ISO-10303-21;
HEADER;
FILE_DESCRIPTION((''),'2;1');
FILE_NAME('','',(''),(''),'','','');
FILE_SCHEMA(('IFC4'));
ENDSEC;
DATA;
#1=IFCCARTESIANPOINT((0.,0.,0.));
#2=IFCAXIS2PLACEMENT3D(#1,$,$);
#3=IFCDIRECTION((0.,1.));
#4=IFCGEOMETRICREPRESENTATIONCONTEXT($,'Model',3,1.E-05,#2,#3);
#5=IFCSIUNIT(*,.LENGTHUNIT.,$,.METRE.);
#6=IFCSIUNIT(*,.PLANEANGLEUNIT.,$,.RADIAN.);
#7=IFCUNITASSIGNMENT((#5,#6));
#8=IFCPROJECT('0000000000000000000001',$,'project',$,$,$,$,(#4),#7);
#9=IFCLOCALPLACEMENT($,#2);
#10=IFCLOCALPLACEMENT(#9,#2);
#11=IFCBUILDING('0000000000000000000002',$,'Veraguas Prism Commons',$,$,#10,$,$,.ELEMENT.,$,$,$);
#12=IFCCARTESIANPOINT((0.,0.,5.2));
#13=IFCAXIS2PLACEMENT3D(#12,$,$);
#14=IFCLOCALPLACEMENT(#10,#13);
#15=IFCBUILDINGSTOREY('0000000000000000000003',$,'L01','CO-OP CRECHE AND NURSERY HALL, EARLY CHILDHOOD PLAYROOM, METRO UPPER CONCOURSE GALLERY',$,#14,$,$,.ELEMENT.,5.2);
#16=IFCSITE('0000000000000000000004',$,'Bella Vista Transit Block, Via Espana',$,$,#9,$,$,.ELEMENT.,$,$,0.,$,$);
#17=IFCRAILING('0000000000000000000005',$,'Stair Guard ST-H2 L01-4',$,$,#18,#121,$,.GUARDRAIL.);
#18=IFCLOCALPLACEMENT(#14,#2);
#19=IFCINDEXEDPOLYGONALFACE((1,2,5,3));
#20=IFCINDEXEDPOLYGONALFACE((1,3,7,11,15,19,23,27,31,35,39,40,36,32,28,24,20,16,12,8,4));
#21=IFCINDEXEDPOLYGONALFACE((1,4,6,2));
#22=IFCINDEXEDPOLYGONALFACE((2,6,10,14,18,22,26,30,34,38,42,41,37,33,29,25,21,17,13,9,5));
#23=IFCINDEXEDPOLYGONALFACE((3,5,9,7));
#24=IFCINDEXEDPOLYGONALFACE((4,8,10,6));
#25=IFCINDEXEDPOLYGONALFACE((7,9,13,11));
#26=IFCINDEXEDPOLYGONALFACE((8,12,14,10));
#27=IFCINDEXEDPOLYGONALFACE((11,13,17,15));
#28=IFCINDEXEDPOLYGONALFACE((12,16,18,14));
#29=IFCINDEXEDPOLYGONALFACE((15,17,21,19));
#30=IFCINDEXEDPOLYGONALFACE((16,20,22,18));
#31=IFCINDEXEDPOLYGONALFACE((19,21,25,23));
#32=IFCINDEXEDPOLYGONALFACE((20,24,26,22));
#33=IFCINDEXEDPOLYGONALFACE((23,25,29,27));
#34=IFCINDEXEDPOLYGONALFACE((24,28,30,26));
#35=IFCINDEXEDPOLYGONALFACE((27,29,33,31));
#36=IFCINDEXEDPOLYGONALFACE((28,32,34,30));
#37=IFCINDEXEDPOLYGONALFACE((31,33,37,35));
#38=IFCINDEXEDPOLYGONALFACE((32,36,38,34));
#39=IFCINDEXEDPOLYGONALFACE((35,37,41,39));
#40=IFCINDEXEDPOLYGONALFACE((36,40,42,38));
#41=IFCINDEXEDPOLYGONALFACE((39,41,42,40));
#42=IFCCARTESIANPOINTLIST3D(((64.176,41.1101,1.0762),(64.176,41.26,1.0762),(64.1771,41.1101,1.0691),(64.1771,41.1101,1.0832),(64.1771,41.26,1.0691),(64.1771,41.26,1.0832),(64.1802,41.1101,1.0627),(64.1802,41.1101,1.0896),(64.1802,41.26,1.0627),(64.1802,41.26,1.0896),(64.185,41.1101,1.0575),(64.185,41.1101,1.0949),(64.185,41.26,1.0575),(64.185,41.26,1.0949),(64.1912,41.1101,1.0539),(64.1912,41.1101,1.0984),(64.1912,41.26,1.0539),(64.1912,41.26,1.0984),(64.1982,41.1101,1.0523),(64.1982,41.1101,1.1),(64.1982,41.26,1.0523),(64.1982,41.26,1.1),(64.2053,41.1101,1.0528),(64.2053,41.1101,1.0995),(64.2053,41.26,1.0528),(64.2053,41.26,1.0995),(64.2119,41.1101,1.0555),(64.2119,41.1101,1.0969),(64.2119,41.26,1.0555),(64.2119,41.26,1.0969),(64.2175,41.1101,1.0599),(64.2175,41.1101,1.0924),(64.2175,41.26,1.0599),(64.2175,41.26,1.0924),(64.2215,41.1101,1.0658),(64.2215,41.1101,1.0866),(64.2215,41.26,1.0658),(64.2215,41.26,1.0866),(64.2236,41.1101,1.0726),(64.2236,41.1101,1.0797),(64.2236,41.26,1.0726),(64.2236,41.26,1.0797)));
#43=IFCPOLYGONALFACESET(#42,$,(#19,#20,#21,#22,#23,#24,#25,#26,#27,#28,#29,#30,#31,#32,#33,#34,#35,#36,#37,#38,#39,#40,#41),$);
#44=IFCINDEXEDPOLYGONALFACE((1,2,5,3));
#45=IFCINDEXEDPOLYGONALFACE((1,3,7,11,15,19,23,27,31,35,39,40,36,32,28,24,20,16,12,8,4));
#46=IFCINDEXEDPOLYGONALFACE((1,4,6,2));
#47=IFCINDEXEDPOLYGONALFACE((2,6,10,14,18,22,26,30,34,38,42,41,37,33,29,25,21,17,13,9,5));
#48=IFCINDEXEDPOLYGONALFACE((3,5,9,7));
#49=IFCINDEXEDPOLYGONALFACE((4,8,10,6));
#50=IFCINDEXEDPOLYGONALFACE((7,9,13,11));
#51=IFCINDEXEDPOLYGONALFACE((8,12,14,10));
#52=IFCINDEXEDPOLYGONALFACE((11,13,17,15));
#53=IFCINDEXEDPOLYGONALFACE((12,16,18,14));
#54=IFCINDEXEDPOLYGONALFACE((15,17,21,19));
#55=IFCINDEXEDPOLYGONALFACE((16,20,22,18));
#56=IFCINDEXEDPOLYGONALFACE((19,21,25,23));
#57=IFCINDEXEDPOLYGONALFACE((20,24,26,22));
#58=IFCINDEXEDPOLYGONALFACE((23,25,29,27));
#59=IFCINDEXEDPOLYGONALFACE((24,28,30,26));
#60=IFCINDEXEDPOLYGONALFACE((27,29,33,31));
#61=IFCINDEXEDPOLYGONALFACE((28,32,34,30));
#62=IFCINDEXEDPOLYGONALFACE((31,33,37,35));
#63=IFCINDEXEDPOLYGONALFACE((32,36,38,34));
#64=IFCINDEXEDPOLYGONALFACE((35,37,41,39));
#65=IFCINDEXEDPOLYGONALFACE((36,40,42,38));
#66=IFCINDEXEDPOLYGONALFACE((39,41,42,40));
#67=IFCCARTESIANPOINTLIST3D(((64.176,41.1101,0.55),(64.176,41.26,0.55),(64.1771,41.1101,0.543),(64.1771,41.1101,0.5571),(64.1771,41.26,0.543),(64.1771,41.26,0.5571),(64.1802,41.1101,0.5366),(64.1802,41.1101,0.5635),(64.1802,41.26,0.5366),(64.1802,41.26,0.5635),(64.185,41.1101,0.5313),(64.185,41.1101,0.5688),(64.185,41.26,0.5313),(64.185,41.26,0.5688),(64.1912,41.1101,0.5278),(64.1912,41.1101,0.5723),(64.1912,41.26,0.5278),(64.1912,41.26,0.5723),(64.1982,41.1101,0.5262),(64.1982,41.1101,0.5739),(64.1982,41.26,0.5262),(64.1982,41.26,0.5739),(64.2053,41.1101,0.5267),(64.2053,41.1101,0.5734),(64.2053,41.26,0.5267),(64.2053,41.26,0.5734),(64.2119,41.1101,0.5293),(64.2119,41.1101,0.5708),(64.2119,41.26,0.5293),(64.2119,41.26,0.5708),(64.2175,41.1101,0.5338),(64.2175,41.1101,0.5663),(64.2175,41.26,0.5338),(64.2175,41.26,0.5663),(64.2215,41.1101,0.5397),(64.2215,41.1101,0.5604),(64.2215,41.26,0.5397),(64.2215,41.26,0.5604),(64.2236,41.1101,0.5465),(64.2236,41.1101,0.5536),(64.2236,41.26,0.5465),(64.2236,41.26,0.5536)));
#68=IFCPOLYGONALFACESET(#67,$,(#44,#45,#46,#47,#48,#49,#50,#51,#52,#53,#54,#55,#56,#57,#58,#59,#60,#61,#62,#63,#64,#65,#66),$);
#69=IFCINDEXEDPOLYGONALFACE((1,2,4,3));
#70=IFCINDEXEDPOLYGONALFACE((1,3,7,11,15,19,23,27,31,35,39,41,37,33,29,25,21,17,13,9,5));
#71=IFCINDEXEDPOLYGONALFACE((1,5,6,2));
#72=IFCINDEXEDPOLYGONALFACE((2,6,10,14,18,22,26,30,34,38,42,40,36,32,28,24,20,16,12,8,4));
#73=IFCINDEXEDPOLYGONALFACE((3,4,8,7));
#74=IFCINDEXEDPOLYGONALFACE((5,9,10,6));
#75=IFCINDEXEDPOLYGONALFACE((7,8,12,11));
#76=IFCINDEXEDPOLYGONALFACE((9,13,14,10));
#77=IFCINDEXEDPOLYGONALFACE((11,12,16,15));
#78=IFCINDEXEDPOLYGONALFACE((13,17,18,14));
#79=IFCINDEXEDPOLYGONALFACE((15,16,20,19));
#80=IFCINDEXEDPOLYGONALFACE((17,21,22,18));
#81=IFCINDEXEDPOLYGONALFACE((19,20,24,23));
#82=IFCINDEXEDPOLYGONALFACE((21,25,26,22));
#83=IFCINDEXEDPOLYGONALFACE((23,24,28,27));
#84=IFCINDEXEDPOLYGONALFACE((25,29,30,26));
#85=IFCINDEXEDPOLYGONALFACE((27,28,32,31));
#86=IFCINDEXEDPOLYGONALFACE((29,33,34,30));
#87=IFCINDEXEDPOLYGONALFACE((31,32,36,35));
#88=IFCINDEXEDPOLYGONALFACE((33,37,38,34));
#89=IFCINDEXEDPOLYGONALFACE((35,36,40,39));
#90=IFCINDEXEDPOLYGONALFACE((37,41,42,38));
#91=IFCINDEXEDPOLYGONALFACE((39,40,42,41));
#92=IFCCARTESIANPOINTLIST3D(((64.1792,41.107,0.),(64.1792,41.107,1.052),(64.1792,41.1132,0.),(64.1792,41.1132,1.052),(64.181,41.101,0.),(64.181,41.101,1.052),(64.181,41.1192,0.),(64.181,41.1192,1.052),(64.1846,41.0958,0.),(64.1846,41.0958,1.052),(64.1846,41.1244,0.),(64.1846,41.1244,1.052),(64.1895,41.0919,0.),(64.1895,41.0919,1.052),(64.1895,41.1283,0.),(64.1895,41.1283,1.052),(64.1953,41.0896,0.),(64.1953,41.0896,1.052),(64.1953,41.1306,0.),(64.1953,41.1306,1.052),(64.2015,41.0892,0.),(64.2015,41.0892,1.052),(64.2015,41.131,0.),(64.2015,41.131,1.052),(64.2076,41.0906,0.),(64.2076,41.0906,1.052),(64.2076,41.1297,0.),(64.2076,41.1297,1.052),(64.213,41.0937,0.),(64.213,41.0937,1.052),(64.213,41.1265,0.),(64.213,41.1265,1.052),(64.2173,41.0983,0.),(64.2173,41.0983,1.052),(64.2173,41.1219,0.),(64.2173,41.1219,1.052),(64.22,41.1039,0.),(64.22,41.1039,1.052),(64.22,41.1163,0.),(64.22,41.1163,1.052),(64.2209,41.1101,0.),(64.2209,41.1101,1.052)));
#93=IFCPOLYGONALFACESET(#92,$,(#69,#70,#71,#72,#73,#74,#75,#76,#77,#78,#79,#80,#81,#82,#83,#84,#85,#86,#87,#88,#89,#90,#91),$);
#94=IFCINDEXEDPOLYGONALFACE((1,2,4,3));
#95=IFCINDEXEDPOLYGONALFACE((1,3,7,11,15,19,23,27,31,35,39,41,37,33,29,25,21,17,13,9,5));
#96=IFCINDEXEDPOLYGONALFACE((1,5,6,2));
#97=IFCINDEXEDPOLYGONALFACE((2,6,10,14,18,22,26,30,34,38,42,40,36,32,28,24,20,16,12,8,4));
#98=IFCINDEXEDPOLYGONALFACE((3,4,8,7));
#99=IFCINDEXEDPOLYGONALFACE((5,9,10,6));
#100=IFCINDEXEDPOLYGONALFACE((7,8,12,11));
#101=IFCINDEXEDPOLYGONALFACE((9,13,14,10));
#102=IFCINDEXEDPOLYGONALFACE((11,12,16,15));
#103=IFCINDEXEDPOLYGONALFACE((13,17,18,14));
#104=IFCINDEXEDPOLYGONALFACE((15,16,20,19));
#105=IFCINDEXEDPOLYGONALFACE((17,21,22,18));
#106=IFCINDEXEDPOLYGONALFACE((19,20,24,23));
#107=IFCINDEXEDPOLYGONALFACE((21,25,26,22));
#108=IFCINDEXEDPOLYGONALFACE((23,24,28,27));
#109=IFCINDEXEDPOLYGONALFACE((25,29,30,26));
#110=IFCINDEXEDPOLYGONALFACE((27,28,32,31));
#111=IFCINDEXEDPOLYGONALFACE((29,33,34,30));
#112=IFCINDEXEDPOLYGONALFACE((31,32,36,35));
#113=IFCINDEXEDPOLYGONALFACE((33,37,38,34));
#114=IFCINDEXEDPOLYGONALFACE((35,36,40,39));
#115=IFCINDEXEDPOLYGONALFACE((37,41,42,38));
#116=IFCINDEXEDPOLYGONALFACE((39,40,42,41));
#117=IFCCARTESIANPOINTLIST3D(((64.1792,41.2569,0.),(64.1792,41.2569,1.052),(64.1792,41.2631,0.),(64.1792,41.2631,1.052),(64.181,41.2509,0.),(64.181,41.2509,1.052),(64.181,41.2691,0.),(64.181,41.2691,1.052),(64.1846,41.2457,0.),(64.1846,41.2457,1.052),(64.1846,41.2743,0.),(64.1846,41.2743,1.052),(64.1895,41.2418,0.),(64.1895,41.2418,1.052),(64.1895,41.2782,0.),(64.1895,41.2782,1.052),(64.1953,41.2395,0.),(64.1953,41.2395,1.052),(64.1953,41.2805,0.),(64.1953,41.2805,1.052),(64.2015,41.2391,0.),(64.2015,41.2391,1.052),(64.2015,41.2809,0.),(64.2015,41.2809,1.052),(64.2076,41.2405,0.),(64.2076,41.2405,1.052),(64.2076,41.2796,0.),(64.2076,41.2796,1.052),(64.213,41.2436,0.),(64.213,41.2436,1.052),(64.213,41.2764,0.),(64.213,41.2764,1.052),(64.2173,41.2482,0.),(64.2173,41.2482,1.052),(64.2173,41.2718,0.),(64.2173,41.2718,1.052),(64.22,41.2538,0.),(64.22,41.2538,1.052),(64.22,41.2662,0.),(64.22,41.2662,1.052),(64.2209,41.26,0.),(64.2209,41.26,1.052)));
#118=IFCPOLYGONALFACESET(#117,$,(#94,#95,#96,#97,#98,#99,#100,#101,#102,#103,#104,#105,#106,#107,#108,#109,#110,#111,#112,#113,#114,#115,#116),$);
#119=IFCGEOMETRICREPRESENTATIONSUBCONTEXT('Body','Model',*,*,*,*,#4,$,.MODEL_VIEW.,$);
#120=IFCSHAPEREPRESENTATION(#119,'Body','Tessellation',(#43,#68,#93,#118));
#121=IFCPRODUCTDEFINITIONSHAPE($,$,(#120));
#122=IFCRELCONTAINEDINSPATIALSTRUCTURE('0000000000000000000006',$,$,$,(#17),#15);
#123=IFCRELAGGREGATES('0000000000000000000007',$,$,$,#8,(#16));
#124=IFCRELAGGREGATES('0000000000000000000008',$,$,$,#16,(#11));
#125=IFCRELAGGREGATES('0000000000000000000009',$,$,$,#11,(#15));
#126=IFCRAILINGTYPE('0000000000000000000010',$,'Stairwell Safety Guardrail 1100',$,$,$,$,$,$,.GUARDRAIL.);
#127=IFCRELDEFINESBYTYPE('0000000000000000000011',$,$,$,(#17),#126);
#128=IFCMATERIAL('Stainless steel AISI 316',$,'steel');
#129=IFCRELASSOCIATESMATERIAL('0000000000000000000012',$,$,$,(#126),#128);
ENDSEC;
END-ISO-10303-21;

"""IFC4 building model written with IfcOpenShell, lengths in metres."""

from ifc_helpers import new_model, si_unit, direction, frame, origin, origin_2d, place, context, subcontext, project, spatial, circle, extrude, material, type_object, element, save


model = new_model("IFC4")

# Units and contexts
model_context = context("Model", 3, precision=1e-05, world=origin(), true_north=direction((0.0, 1.0)))
body_context = subcontext(model_context, "Body", "Model", "MODEL_VIEW")
ifc_project = project(units=[si_unit("LENGTHUNIT", "METRE"), si_unit("PLANEANGLEUNIT", "RADIAN")], contexts=[model_context])

# Site, building, storey
site_placement = place(None, origin())
site = spatial("IfcSite", under=ifc_project, at=site_placement, Name="Bella Vista Transit Block, Via Espana", CompositionType="ELEMENT", RefElevation=0.0)
building_placement = place(site_placement, origin())
building = spatial("IfcBuilding", under=site, at=building_placement, Name="Veraguas Prism Commons", CompositionType="ELEMENT")
storey_placement = place(building_placement, frame((0.0, 0.0, 5.2)))
storey = spatial("IfcBuildingStorey", under=building, at=storey_placement, Name="L01", Description="CO-OP CRECHE AND NURSERY HALL, EARLY CHILDHOOD PLAYROOM, METRO UPPER CONCOURSE GALLERY", CompositionType="ELEMENT", Elevation=5.2)

# Railing
ifc_material_1 = material(Name="Stainless steel AISI 316", Category="steel")
railing_type_1 = type_object("IfcRailingType", Name="Stairwell Safety Guardrail 1100", PredefinedType="GUARDRAIL", material=ifc_material_1)
railing_1_placement = place(storey_placement, frame((64.2, 41.1101, 0.0)))
element("IfcRailing", 1, at=railing_1_placement, inside=storey, type_object=railing_type_1, Name="Stair Guard ST-H2 L01-4", PredefinedType="GUARDRAIL", context=body_context, shape_type="SweptSolid", body=[
    extrude(circle(Radius=0.0239, at=origin_2d()), frame((0.0, 0.0, 1.0762), z_axis=(0.0, 1.0, 0.0), x_axis=(-1.0, 0.0, 0.0)), (0.0, 0.0, 1.0), 0.1499),
    extrude(circle(Radius=0.0239, at=origin_2d()), frame((0.0, 0.0, 0.55), z_axis=(0.0, 1.0, 0.0), x_axis=(-1.0, 0.0, 0.0)), (0.0, 0.0, 1.0), 0.1499),
    extrude(circle(Radius=0.021, at=origin_2d()), origin(), (0.0, 0.0, 1.0), 1.052),
    extrude(circle(Radius=0.021, at=origin_2d()), frame((0.0, 0.1499, 0.0)), (0.0, 0.0, 1.0), 1.052),
])

save(model, "model.ifc")
